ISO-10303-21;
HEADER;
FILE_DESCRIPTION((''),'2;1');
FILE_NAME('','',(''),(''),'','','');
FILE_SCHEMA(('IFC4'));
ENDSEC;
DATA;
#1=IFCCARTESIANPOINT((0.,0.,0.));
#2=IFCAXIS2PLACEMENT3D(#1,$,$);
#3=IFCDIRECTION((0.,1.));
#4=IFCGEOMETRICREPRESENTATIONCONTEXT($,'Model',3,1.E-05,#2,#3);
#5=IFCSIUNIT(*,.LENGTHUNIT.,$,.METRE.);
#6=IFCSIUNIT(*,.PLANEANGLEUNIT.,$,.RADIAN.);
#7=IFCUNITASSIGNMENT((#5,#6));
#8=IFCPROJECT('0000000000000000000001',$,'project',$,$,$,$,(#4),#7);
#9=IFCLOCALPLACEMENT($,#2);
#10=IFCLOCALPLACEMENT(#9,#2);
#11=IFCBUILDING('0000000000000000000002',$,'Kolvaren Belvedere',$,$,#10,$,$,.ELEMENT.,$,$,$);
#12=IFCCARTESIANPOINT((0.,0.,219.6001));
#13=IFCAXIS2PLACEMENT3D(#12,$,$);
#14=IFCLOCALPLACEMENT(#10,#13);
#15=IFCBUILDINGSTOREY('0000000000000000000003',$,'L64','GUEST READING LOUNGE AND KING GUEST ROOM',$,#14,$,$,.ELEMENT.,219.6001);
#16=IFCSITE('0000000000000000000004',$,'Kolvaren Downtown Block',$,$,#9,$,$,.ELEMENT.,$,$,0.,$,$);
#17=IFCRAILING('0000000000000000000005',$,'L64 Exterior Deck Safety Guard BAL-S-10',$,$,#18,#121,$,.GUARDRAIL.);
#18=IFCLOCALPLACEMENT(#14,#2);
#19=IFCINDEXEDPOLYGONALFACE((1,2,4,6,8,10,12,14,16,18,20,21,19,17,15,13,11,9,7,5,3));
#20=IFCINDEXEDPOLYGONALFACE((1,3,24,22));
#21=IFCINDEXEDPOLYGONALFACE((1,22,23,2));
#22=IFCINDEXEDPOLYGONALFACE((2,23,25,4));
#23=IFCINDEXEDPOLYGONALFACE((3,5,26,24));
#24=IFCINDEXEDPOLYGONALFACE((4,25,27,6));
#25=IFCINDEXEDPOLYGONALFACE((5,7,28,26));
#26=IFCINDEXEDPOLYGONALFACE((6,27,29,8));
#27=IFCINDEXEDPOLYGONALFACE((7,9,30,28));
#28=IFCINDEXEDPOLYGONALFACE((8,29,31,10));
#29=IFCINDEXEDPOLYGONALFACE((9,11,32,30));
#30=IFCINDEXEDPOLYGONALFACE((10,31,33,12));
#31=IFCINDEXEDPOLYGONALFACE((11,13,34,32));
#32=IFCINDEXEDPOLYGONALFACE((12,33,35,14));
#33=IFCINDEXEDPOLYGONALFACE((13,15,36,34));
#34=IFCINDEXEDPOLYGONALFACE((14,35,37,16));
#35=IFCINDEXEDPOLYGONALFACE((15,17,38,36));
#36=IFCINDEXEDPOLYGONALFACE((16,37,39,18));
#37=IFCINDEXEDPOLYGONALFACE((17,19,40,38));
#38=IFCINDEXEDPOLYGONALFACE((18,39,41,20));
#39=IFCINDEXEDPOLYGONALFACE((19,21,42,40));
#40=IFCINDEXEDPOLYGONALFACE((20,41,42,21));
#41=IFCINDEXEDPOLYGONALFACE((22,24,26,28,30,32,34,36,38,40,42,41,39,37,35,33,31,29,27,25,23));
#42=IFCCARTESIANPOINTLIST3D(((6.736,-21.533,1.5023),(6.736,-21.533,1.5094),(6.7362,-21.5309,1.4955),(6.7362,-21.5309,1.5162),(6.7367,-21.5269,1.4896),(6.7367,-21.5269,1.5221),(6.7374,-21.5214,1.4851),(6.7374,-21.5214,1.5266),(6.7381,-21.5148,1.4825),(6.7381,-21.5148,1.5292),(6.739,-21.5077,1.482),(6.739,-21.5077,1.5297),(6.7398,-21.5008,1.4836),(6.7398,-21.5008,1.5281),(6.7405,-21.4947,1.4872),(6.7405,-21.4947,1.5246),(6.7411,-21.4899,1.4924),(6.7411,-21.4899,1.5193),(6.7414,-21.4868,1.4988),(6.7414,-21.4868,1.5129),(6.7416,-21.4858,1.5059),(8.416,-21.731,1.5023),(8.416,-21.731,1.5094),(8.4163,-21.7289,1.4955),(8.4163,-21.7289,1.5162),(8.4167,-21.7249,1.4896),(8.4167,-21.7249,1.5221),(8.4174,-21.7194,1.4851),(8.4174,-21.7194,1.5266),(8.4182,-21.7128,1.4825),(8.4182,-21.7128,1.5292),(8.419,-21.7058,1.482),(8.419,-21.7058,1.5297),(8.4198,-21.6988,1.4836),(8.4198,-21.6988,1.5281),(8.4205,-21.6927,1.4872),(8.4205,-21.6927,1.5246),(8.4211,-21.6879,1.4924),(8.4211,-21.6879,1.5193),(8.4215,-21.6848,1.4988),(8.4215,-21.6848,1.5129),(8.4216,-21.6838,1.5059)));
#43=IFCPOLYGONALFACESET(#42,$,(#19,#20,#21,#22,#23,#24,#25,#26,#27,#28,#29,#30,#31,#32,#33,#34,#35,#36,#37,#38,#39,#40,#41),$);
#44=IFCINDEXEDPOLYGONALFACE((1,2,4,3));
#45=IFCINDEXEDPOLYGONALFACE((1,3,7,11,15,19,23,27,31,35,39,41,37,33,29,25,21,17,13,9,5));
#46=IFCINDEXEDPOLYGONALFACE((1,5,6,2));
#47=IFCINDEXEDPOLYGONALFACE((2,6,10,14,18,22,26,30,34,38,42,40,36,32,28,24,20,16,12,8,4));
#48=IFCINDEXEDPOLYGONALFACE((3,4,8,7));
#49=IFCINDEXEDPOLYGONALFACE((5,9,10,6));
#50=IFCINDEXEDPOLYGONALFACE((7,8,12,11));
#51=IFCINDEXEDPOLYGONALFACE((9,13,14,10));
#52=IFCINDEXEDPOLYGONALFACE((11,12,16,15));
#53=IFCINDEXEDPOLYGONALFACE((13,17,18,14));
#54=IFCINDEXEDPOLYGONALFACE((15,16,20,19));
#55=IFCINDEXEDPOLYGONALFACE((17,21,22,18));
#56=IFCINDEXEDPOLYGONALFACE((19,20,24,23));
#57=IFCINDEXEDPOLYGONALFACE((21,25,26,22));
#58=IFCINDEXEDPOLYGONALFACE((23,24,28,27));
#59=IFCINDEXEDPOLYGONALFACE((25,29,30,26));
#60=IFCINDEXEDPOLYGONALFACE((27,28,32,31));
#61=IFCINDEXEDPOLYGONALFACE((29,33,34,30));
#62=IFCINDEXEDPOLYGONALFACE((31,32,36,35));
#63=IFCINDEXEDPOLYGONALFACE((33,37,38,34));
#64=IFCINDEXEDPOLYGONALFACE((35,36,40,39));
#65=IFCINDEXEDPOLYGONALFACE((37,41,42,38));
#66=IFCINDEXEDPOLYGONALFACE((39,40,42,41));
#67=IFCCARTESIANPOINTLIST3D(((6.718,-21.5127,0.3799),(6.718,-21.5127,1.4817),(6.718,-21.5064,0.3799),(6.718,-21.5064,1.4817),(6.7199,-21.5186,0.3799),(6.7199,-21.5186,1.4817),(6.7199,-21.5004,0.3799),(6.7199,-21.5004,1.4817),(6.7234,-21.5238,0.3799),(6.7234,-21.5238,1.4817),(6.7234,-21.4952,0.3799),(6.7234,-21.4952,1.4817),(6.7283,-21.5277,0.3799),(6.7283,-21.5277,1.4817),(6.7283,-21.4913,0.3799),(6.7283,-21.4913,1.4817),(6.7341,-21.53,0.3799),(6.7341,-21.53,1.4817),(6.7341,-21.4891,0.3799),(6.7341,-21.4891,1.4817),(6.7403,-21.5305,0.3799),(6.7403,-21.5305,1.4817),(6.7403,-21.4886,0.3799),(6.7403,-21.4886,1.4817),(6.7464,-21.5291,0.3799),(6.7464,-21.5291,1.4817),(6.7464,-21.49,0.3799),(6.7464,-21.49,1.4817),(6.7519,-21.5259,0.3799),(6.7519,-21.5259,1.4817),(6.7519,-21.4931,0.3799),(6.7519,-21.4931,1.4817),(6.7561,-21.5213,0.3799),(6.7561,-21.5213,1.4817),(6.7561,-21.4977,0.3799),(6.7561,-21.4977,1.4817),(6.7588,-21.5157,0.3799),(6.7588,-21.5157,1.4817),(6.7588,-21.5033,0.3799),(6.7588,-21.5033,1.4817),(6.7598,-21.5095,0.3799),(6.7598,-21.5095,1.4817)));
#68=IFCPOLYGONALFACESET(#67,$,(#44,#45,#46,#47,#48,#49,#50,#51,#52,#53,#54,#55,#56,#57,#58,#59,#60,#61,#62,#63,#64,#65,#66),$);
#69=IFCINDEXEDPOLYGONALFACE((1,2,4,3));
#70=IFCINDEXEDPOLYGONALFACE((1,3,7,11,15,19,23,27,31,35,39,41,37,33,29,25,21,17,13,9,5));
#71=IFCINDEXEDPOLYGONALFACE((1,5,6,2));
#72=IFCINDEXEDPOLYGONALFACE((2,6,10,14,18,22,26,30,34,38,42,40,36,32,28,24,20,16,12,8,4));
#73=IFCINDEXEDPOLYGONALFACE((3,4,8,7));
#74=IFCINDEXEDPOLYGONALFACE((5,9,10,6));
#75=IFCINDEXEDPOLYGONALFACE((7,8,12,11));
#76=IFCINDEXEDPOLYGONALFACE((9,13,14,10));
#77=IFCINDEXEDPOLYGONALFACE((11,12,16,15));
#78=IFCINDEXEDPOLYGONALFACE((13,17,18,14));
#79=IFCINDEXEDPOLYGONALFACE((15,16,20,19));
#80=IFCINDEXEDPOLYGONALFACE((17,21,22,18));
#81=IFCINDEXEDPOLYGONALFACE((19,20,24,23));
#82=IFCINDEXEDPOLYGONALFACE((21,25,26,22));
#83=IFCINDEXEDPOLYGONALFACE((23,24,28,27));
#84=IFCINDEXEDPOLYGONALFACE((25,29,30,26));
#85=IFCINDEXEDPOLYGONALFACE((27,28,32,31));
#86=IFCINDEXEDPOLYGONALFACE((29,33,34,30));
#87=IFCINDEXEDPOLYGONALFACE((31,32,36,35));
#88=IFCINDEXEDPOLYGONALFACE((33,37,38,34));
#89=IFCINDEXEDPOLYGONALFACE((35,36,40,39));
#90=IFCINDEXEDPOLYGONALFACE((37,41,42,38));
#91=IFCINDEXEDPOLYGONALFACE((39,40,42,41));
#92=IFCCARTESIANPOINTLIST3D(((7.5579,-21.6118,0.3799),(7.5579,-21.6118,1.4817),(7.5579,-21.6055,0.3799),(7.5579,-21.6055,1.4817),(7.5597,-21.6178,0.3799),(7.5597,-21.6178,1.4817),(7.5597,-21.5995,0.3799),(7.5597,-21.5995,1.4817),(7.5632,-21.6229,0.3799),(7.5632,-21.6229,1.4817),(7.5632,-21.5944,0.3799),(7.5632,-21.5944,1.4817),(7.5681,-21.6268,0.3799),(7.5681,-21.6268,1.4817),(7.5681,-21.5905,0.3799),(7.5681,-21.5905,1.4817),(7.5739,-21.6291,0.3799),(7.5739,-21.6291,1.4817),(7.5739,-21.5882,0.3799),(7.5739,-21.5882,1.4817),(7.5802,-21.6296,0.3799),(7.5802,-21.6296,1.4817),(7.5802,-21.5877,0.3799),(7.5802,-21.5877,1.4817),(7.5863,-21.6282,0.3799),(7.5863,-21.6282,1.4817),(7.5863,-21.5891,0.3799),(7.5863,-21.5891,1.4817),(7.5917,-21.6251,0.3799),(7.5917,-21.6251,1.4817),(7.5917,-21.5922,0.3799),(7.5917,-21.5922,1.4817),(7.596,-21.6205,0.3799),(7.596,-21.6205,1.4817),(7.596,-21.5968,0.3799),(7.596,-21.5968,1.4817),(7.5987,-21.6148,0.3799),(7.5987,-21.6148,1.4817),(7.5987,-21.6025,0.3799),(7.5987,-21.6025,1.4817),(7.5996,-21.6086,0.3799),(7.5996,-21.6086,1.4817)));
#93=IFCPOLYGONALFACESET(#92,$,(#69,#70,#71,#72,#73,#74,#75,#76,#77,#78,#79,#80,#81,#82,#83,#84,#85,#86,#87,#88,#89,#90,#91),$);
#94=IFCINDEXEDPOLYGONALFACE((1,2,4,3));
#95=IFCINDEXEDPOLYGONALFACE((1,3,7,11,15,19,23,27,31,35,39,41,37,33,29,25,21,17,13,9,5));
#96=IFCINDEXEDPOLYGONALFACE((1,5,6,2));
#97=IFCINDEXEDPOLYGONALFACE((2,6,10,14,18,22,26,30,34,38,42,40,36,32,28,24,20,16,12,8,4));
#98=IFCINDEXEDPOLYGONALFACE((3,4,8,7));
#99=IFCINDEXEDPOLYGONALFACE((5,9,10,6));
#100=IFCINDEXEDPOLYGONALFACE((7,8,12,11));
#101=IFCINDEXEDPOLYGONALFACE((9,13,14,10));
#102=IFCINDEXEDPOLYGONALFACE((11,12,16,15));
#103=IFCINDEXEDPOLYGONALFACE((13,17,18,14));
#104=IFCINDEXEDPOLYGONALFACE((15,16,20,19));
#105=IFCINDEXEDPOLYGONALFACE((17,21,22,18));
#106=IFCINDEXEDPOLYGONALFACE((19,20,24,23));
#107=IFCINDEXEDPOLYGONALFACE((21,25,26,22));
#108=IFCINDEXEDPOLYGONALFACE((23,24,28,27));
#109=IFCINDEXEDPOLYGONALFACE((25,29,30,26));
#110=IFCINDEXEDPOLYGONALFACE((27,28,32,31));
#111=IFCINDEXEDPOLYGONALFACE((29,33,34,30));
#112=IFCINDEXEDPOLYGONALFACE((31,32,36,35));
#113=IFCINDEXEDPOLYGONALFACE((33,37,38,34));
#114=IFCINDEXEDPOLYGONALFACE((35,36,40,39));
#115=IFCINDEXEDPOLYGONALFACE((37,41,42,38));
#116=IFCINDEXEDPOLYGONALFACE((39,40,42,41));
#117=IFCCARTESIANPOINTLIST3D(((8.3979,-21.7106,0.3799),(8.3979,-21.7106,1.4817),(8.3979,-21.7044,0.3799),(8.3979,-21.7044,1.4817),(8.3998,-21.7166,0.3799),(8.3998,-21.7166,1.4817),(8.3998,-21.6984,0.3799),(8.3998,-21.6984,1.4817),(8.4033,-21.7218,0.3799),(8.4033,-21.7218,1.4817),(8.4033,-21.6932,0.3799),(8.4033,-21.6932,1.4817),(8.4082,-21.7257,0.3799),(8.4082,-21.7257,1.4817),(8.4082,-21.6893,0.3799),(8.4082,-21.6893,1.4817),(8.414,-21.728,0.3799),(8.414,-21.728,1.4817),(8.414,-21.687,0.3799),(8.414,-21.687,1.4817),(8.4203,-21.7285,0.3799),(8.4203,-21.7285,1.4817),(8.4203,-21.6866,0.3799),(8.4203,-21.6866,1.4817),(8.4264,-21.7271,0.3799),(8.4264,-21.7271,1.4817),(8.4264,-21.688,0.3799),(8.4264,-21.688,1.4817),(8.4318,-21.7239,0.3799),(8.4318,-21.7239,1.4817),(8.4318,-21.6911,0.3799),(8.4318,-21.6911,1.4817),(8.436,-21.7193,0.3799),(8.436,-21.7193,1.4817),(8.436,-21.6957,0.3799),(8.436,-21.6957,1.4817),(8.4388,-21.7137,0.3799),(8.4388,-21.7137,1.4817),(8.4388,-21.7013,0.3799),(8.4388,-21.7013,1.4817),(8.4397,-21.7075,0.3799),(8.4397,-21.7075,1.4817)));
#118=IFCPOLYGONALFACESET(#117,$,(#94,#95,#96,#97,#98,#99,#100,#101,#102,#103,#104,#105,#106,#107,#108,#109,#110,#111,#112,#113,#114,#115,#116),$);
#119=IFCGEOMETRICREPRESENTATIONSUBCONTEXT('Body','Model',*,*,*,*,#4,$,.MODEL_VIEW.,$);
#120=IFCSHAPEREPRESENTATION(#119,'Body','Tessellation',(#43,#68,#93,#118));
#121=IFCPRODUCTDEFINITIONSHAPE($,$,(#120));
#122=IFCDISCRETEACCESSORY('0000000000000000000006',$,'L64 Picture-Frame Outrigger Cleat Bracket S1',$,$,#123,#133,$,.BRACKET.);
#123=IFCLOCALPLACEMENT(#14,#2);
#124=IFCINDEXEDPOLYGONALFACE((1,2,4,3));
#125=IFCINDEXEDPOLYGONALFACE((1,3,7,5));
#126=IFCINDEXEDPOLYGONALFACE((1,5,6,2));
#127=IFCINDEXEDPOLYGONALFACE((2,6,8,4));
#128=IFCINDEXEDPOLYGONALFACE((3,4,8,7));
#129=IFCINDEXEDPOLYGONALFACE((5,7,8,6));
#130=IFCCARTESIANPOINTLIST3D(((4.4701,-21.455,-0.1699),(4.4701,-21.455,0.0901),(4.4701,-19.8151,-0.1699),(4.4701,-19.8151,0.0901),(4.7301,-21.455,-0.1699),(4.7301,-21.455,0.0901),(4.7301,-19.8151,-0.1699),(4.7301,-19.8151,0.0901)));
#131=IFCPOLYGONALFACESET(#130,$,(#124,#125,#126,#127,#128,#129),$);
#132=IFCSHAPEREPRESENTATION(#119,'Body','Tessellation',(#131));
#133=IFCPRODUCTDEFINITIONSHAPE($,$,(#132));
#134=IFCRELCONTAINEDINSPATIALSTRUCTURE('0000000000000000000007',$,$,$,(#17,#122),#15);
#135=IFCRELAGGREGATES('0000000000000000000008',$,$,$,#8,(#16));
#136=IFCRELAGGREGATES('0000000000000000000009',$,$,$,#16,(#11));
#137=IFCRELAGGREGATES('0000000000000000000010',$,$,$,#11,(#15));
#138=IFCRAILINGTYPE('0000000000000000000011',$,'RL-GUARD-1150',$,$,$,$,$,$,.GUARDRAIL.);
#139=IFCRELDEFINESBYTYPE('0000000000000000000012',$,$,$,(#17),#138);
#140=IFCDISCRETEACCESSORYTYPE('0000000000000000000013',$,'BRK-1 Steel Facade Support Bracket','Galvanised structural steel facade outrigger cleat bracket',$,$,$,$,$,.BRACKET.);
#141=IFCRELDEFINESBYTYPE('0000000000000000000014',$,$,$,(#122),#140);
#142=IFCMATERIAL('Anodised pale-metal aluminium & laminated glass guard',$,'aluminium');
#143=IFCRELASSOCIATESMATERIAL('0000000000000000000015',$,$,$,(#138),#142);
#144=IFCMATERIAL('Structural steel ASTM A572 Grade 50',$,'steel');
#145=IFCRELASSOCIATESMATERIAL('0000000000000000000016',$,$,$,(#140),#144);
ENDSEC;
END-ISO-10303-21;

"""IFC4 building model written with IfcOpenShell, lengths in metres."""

from ifc_helpers import new_model, si_unit, direction, frame, origin, origin_2d, place, context, subcontext, project, spatial, rectangle, circle, extrude, material, type_object, element, save


model = new_model("IFC4")

# Units and contexts
model_context = context("Model", 3, precision=1e-05, world=origin(), true_north=direction((0.0, 1.0)))
body_context = subcontext(model_context, "Body", "Model", "MODEL_VIEW")
ifc_project = project(units=[si_unit("LENGTHUNIT", "METRE"), si_unit("PLANEANGLEUNIT", "RADIAN")], contexts=[model_context])

# Site, building, storey
site_placement = place(None, origin())
site = spatial("IfcSite", under=ifc_project, at=site_placement, Name="Kolvaren Downtown Block", CompositionType="ELEMENT", RefElevation=0.0)
building_placement = place(site_placement, origin())
building = spatial("IfcBuilding", under=site, at=building_placement, Name="Kolvaren Belvedere", CompositionType="ELEMENT")
storey_placement = place(building_placement, frame((0.0, 0.0, 219.6001)))
storey = spatial("IfcBuildingStorey", under=building, at=storey_placement, Name="L64", Description="GUEST READING LOUNGE AND KING GUEST ROOM", CompositionType="ELEMENT", Elevation=219.6001)

# Railing
ifc_material_1 = material(Name="Anodised pale-metal aluminium & laminated glass guard", Category="aluminium")
railing_type = type_object("IfcRailingType", Name="RL-GUARD-1150", PredefinedType="GUARDRAIL", material=ifc_material_1)
railing_1_placement = place(storey_placement, frame((6.7388, -21.5095, 0.3799)))
element("IfcRailing", 1, at=railing_1_placement, inside=storey, type_object=railing_type, Name="L64 Exterior Deck Safety Guard BAL-S-10", PredefinedType="GUARDRAIL", context=body_context, shape_type="SweptSolid", body=[
    extrude(circle(Radius=0.0239, at=origin_2d()), frame((0.0, 0.0, 1.126), z_axis=(0.993126, -0.117051, 0.0), x_axis=(0.117051, 0.993126, 0.0)), (0.0, 0.0, 1.0), 1.6917),
    extrude(circle(Radius=0.021, at=origin_2d()), origin(), (0.0, 0.0, 1.0), 1.1018),
    extrude(circle(Radius=0.021, at=origin_2d()), frame((0.8398, -0.0991, 0.0)), (0.0, 0.0, 1.0), 1.1018),
    extrude(circle(Radius=0.021, at=origin_2d()), frame((1.6799, -0.198, 0.0)), (0.0, 0.0, 1.0), 1.1018),
])

# Discrete accessory
ifc_material_2 = material(Name="Structural steel ASTM A572 Grade 50", Category="steel")
discrete_accessory_type = type_object("IfcDiscreteAccessoryType", Name="BRK-1 Steel Facade Support Bracket", Description="Galvanised structural steel facade outrigger cleat bracket", PredefinedType="BRACKET", material=ifc_material_2)
discrete_accessory_placement = place(storey_placement, frame((4.6001, -20.635, -0.1699), z_axis=(0.0, 0.0, 1.0), x_axis=(0.0, 1.0, 0.0)))
element("IfcDiscreteAccessory", 2, at=discrete_accessory_placement, inside=storey, type_object=discrete_accessory_type, Name="L64 Picture-Frame Outrigger Cleat Bracket S1", PredefinedType="BRACKET", context=body_context, shape_type="SweptSolid", body=[
    extrude(rectangle(XDim=1.6399, YDim=0.26, at=origin_2d()), origin(), (0.0, 0.0, 1.0), 0.26),
])

save(model, "model.ifc")
